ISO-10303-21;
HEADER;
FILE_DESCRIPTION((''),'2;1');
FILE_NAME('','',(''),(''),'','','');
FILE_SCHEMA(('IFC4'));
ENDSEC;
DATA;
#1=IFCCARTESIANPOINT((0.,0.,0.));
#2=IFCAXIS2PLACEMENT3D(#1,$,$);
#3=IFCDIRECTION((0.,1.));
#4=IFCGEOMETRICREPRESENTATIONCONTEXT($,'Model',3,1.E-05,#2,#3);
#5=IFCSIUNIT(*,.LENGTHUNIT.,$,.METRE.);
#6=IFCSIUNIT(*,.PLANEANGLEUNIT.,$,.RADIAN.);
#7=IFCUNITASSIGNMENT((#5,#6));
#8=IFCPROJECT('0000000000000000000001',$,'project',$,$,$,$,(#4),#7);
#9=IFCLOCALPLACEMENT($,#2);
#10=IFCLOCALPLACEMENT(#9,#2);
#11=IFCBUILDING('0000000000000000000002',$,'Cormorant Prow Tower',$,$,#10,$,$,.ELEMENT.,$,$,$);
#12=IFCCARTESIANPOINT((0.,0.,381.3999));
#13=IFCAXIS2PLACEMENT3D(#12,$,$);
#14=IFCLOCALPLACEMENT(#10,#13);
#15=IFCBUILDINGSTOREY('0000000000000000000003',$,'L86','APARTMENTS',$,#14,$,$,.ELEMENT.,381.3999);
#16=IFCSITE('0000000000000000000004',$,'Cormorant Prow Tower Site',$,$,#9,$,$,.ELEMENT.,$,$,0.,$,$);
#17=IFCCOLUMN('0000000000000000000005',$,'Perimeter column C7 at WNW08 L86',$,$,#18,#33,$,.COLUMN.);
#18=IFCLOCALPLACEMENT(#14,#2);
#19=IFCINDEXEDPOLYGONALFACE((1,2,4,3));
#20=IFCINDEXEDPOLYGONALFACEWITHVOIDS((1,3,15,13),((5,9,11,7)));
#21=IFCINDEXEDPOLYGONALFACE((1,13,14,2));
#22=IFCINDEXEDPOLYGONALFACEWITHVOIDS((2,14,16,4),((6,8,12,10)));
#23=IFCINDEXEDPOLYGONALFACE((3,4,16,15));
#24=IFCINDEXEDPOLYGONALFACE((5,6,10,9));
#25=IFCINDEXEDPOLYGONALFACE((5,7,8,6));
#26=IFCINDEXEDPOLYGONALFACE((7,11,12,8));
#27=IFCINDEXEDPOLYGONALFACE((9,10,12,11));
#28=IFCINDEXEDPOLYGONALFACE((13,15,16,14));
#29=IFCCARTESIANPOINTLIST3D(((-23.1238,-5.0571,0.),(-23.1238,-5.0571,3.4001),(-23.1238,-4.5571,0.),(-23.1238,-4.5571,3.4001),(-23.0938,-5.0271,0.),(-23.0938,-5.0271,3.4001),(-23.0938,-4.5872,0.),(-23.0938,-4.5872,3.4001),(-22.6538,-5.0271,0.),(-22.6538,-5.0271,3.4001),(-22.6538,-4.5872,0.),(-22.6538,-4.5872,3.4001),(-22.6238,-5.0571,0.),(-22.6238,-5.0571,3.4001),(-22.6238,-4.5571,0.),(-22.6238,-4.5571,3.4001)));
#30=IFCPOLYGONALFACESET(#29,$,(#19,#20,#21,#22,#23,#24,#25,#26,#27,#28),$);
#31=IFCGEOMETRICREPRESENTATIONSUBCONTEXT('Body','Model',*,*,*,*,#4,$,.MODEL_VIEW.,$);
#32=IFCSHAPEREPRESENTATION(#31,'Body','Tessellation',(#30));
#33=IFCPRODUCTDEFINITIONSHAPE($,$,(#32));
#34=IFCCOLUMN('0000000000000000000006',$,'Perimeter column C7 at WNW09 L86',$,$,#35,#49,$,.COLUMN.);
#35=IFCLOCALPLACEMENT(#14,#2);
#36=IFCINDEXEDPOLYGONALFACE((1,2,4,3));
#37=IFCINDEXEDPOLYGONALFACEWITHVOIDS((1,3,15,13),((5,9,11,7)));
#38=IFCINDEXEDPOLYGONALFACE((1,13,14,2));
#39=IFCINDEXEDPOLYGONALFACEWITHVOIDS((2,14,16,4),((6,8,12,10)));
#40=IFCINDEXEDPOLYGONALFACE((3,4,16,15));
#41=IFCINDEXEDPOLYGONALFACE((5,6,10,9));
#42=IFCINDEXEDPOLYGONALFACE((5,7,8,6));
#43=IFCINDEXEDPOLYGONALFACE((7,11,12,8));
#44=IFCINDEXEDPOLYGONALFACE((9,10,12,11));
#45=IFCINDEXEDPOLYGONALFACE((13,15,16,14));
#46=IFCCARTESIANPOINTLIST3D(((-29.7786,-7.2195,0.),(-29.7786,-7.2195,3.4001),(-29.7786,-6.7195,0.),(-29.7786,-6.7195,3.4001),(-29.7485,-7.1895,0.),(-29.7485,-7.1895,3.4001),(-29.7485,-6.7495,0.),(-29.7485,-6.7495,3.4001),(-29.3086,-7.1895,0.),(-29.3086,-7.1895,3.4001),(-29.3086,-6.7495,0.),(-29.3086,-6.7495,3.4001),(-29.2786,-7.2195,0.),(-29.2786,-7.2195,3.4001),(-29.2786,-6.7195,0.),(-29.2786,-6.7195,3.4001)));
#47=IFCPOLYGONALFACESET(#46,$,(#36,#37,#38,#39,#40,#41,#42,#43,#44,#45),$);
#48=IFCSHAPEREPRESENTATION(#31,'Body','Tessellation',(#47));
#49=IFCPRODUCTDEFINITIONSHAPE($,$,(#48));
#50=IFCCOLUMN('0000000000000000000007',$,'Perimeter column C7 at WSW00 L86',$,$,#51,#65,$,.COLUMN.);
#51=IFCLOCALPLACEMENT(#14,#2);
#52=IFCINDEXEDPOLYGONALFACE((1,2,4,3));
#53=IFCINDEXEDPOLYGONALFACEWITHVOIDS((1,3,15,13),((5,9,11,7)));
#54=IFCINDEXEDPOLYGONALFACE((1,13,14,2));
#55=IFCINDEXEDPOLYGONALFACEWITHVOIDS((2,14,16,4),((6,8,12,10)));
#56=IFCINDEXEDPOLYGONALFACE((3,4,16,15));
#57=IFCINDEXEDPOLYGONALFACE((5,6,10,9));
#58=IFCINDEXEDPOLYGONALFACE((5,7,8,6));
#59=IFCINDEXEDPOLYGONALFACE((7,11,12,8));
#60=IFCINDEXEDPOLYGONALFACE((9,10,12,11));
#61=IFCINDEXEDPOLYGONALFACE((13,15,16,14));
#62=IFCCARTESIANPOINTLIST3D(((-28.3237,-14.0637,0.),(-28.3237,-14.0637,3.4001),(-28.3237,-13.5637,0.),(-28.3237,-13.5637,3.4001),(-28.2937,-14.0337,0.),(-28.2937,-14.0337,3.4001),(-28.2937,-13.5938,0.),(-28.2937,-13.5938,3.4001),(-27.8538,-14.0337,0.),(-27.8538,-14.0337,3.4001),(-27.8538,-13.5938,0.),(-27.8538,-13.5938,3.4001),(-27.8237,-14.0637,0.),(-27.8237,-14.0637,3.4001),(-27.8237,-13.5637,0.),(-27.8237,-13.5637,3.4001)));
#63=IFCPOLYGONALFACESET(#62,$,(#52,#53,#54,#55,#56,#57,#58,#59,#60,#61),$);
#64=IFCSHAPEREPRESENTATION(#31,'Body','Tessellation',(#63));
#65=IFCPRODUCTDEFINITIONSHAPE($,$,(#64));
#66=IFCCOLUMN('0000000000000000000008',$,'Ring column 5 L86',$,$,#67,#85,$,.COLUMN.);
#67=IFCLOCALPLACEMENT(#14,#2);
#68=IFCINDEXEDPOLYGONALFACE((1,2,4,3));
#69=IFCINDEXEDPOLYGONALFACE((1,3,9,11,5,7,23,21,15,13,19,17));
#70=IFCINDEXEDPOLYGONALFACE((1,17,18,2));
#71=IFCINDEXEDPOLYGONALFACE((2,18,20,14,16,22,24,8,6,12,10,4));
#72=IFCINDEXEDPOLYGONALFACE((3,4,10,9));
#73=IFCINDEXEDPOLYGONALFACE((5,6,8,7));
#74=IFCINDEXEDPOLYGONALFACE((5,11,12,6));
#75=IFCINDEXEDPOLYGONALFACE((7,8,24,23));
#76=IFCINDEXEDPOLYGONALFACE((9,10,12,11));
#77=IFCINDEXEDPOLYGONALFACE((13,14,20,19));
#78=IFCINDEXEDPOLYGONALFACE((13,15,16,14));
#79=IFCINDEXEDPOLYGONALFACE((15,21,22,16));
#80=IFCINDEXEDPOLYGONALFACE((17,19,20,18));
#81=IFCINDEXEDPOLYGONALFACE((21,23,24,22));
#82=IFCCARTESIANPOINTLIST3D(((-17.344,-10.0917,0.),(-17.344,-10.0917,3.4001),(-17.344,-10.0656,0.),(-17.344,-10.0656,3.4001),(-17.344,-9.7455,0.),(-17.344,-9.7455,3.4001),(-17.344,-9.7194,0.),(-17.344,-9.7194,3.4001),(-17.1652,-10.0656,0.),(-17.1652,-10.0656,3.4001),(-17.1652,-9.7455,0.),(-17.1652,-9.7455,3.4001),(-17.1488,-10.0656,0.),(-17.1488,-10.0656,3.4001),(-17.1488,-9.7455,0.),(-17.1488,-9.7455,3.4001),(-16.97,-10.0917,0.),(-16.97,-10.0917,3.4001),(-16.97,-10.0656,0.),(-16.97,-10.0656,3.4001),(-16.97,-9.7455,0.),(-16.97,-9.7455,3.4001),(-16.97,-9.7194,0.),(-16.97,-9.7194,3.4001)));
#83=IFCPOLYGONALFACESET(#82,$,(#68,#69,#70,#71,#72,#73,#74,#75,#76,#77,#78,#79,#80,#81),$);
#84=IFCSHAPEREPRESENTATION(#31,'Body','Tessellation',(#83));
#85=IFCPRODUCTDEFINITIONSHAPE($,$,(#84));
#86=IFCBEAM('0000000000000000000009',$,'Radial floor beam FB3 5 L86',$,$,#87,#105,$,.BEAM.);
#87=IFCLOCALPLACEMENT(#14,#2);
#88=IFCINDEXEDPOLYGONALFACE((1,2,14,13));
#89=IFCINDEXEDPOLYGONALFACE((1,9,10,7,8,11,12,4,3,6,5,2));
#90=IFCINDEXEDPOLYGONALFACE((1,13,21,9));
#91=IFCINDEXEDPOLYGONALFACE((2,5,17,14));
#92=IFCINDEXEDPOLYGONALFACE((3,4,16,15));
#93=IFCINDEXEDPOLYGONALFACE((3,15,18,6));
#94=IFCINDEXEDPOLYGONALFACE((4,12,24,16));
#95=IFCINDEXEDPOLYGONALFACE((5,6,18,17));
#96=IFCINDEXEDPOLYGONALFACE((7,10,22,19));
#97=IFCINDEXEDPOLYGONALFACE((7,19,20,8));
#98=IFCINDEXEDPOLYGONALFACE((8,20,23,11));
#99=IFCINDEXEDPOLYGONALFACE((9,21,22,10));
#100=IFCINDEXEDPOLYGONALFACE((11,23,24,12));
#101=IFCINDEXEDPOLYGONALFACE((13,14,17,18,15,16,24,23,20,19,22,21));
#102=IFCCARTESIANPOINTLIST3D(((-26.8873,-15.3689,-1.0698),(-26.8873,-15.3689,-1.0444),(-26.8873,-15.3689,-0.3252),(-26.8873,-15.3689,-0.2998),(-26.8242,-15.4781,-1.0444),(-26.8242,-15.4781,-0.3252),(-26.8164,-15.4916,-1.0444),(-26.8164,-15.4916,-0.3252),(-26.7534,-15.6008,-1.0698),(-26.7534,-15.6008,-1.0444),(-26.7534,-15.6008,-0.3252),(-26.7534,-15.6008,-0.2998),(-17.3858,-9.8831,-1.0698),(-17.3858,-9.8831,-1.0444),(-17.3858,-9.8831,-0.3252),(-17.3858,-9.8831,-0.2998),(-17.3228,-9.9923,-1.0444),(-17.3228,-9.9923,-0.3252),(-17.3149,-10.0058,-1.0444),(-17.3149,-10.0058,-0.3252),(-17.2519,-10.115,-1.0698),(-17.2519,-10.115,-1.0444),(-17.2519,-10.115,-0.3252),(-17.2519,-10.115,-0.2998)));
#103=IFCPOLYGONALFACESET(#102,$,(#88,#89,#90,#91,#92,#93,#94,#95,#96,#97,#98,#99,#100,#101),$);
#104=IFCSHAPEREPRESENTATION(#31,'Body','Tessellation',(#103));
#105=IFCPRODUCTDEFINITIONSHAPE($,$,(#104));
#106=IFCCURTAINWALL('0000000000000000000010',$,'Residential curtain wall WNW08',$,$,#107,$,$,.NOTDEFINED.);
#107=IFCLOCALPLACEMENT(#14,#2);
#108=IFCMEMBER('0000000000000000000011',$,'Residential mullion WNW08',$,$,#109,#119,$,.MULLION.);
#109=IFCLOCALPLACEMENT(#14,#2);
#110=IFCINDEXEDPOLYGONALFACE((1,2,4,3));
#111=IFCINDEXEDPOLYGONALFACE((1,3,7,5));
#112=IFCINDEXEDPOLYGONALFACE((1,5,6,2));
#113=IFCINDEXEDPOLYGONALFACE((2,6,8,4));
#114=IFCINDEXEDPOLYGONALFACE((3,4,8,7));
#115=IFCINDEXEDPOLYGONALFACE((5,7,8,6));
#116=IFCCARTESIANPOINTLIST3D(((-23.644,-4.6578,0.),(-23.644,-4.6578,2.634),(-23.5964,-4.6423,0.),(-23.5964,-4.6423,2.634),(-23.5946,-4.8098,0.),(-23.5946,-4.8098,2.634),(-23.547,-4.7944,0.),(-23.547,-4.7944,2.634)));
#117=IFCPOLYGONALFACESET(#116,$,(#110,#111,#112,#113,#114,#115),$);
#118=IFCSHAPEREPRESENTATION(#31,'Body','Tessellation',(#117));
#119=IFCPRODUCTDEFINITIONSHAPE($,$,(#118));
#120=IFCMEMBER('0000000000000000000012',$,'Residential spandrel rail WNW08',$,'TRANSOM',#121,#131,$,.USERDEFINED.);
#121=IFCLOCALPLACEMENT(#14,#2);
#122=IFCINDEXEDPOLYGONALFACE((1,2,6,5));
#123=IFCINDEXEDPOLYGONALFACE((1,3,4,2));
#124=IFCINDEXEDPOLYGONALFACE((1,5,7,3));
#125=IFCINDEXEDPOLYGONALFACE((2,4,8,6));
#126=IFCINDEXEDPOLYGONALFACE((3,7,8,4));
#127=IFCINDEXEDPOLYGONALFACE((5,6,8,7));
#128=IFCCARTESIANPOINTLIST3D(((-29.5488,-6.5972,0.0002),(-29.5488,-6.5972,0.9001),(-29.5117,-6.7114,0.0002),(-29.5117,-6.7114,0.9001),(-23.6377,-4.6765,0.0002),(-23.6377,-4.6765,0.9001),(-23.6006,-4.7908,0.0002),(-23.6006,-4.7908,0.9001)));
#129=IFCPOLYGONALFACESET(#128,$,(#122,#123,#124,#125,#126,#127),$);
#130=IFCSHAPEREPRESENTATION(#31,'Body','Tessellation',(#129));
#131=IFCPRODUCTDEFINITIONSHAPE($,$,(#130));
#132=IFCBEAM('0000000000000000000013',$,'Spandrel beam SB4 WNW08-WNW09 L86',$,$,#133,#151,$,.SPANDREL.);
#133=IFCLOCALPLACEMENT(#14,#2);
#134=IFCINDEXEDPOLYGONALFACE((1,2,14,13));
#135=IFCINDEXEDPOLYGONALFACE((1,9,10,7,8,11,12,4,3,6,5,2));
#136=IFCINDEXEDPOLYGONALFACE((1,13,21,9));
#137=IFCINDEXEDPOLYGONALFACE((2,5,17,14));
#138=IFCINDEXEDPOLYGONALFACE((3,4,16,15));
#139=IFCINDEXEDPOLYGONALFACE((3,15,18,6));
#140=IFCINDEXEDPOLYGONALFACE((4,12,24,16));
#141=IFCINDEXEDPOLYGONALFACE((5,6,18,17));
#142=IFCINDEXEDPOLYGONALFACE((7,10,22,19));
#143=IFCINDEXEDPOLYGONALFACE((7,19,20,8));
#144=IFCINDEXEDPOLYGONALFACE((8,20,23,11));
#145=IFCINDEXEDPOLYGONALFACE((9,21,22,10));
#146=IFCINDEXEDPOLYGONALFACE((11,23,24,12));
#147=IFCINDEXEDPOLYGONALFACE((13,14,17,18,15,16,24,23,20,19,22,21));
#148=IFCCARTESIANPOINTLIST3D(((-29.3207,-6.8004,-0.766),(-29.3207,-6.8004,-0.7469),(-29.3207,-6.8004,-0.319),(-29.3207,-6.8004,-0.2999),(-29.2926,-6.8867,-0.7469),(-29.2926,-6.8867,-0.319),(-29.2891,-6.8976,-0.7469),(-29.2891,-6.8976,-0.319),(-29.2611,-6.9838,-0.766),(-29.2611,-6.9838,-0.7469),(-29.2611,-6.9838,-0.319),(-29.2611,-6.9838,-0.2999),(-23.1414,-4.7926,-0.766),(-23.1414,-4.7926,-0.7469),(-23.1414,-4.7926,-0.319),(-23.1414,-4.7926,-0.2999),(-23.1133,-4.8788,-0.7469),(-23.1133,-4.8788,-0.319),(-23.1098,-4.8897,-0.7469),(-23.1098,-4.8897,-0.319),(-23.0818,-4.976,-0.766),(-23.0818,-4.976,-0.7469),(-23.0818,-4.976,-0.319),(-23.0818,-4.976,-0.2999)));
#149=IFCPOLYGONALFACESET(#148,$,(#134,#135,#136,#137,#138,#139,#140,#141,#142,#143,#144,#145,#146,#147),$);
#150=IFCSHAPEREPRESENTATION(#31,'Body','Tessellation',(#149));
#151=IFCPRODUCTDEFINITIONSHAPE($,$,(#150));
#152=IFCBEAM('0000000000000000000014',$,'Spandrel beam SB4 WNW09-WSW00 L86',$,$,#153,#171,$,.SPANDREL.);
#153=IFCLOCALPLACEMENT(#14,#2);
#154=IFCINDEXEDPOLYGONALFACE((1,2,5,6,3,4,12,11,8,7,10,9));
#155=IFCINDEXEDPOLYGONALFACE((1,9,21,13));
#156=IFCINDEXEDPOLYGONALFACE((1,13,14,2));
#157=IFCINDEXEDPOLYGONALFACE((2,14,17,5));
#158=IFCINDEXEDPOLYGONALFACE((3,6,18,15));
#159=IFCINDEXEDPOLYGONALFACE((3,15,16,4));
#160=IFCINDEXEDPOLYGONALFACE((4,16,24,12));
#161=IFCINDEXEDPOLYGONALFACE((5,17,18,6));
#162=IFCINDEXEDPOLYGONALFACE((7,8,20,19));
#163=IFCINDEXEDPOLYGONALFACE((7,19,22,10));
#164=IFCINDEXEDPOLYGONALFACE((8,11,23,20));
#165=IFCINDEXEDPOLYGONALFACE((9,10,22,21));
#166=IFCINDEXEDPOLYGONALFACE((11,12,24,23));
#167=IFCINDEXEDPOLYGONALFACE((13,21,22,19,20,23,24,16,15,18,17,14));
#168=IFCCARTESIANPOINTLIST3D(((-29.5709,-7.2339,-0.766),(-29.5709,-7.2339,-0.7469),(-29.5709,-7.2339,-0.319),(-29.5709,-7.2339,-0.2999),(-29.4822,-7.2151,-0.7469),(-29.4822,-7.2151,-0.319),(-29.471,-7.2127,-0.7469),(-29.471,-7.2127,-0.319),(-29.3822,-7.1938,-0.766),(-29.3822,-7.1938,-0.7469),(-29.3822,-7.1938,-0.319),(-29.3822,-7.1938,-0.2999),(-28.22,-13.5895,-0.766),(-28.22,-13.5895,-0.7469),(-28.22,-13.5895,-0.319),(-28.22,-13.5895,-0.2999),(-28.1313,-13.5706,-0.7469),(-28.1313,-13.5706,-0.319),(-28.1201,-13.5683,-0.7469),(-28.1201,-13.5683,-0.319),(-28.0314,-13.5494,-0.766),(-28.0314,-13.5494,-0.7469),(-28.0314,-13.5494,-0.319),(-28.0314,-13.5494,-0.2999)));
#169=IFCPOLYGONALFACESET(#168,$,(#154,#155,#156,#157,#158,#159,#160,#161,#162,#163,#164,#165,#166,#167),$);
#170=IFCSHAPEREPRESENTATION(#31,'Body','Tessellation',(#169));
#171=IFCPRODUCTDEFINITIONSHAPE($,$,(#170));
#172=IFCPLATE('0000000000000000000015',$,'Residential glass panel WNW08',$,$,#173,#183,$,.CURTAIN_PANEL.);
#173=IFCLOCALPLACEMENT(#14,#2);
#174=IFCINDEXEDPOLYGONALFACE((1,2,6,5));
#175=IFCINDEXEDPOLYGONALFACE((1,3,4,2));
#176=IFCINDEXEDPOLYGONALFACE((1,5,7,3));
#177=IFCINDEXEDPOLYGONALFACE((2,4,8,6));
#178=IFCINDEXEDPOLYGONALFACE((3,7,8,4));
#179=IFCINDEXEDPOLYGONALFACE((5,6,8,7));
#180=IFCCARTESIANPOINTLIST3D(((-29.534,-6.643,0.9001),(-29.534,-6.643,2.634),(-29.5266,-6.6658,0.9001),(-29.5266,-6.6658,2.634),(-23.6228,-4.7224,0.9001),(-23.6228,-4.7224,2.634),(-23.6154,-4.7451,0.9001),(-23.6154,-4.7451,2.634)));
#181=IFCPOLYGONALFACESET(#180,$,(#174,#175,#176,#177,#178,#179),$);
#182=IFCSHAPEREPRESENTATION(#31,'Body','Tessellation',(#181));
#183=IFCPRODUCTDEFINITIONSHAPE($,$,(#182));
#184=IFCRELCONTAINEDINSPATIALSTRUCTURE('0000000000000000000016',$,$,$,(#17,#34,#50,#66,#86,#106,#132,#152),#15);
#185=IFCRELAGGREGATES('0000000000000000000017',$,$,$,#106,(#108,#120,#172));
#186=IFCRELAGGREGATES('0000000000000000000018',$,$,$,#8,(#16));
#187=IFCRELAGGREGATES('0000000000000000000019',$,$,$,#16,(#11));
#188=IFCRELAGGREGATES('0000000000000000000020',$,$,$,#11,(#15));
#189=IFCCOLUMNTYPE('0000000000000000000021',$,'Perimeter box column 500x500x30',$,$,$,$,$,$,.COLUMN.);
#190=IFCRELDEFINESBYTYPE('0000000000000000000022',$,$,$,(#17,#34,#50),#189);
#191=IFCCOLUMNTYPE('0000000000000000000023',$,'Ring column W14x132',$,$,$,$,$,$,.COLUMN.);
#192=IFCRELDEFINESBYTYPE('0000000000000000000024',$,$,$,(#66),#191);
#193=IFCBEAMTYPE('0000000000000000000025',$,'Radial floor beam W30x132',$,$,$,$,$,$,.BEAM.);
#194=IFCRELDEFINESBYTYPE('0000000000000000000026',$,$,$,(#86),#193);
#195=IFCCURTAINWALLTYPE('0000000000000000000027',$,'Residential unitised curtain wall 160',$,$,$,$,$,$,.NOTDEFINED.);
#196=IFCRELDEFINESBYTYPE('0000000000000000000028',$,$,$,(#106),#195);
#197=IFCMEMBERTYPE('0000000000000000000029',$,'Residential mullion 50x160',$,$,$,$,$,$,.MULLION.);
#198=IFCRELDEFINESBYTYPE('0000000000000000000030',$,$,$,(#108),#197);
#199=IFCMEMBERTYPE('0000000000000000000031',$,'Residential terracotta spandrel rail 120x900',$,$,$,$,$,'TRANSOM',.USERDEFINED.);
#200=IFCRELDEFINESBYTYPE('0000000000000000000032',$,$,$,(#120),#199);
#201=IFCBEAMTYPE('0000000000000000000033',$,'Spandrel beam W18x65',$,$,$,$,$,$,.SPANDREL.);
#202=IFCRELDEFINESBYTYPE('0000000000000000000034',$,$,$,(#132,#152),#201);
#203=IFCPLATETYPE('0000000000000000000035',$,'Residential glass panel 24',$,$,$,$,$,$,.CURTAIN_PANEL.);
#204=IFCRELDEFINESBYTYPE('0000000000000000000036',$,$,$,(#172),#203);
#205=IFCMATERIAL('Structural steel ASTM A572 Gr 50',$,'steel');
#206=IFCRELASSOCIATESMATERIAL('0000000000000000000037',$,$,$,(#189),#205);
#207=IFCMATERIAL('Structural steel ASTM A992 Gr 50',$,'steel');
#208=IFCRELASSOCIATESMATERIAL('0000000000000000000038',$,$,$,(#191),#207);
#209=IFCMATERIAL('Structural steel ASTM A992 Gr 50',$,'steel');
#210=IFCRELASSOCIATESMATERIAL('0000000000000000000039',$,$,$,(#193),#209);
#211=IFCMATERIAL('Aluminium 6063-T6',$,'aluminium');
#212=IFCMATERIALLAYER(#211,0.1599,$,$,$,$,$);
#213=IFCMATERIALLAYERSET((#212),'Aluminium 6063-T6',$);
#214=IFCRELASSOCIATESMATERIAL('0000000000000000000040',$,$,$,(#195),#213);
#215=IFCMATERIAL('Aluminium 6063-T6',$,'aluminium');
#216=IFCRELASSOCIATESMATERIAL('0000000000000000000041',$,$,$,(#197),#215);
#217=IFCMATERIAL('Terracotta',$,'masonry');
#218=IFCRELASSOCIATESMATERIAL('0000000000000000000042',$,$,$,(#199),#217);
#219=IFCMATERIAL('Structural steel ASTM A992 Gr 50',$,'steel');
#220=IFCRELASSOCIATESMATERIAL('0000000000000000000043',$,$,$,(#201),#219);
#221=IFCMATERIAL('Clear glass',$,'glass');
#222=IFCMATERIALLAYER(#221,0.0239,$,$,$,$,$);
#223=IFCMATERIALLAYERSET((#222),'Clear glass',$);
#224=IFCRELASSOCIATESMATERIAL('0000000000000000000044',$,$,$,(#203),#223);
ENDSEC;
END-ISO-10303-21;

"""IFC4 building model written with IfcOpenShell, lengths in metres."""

from ifc_helpers import new_model, si_unit, direction, frame, origin, origin_2d, place, context, subcontext, project, spatial, rectangle, hollow_rectangle, i_section, extrude, material, layer, layer_set, material_profile, profile_set, type_object, element, aggregate, save


model = new_model("IFC4")

# Units and contexts
model_context = context("Model", 3, precision=1e-05, world=origin(), true_north=direction((0.0, 1.0)))
body_context = subcontext(model_context, "Body", "Model", "MODEL_VIEW")
ifc_project = project(units=[si_unit("LENGTHUNIT", "METRE"), si_unit("PLANEANGLEUNIT", "RADIAN")], contexts=[model_context])

# Site, building, storey
site_placement = place(None, origin())
site = spatial("IfcSite", under=ifc_project, at=site_placement, Name="Cormorant Prow Tower Site", CompositionType="ELEMENT", RefElevation=0.0)
building_placement = place(site_placement, origin())
building = spatial("IfcBuilding", under=site, at=building_placement, Name="Cormorant Prow Tower", CompositionType="ELEMENT")
storey_placement = place(building_placement, frame((0.0, 0.0, 381.3999)))
storey = spatial("IfcBuildingStorey", under=building, at=storey_placement, Name="L86", Description="APARTMENTS", CompositionType="ELEMENT", Elevation=381.3999)

# Columns
ifc_material_1 = material(Name="Structural steel ASTM A572 Gr 50", Category="steel")
ifc_material_profile_1 = material_profile(ifc_material_1, hollow_rectangle(XDim=0.5, YDim=0.5, WallThickness=0.03, at=origin_2d()), Name="Box 500x500x30")
ifc_profile_set_1 = profile_set([ifc_material_profile_1], Name="Structural steel ASTM A572 Gr 50")
column_type_1 = type_object("IfcColumnType", Name="Perimeter box column 500x500x30", PredefinedType="COLUMN", material=ifc_profile_set_1)
for number, where, z_axis, x_axis, name in (
    (1, (-22.8738, -4.8071, 0.0), (0.0, 0.0, 1.0), (1.0, 0.0, 0.0), "Perimeter column C7 at WNW08 L86"),
    (2, (-29.5286, -6.9695, 0.0), (0.0, 0.0, 1.0), (1.0, 0.0, 0.0), "Perimeter column C7 at WNW09 L86"),
    (3, (-28.0737, -13.8137, 0.0), (0.0, 0.0, 1.0), (1.0, 0.0, 0.0), "Perimeter column C7 at WSW00 L86"),
):
    element("IfcColumn", number, at=place(storey_placement, frame(where, z_axis=z_axis, x_axis=x_axis)), inside=storey, type_object=column_type_1, Name=name, PredefinedType="COLUMN", context=body_context, shape_type="SweptSolid", body=[
        extrude(hollow_rectangle(XDim=0.5, YDim=0.5, WallThickness=0.03, at=origin_2d()), origin(), (0.0, 0.0, 1.0), 3.4001),
    ])
ifc_material_2 = material(Name="Structural steel ASTM A992 Gr 50", Category="steel")
ifc_material_profile_2 = material_profile(ifc_material_2, i_section(OverallWidth=0.374, OverallDepth=0.3723, WebThickness=0.0164, FlangeThickness=0.0261, at=origin_2d()), Name="W14x132")
ifc_profile_set_2 = profile_set([ifc_material_profile_2], Name="Structural steel ASTM A992 Gr 50")
column_type_2 = type_object("IfcColumnType", Name="Ring column W14x132", PredefinedType="COLUMN", material=ifc_profile_set_2)
column_placement = place(storey_placement, frame((-17.157, -9.9055, 0.0), z_axis=(0.0, 0.0, 1.0), x_axis=(1.0, 0.0, 0.0)))
element("IfcColumn", 4, at=column_placement, inside=storey, type_object=column_type_2, Name="Ring column 5 L86", PredefinedType="COLUMN", context=body_context, shape_type="SweptSolid", body=[
    extrude(i_section(OverallWidth=0.374, OverallDepth=0.3723, WebThickness=0.0164, FlangeThickness=0.0261, at=origin_2d()), origin(), (0.0, 0.0, 1.0), 3.4001),
])

# Beam
ifc_material_3 = material(Name="Structural steel ASTM A992 Gr 50", Category="steel")
ifc_material_profile_3 = material_profile(ifc_material_3, i_section(OverallWidth=0.2678, OverallDepth=0.77, WebThickness=0.0156, FlangeThickness=0.0254, at=origin_2d()), Name="W30x132")
ifc_profile_set_3 = profile_set([ifc_material_profile_3], Name="Structural steel ASTM A992 Gr 50")
beam_type_1 = type_object("IfcBeamType", Name="Radial floor beam W30x132", PredefinedType="BEAM", material=ifc_profile_set_3)
beam_1_placement = place(storey_placement, frame((-17.3188, -9.999, -0.6848), z_axis=(-0.866019, -0.500011, 0.0), x_axis=(0.500011, -0.866019, 0.0)))
element("IfcBeam", 5, at=beam_1_placement, inside=storey, type_object=beam_type_1, Name="Radial floor beam FB3 5 L86", PredefinedType="BEAM", context=body_context, shape_type="SweptSolid", body=[
    extrude(i_section(OverallWidth=0.2678, OverallDepth=0.77, WebThickness=0.0156, FlangeThickness=0.0254, at=origin_2d()), origin(), (0.0, 0.0, 1.0), 10.9714),
])

# Curtain wall, members
ifc_material_4 = material(Name="Aluminium 6063-T6", Category="aluminium")
ifc_layer_1 = layer(ifc_material_4, 0.1599)
ifc_layer_set_1 = layer_set([ifc_layer_1], Name="Aluminium 6063-T6")
curtain_wall_type = type_object("IfcCurtainWallType", Name="Residential unitised curtain wall 160", PredefinedType="NOTDEFINED", material=ifc_layer_set_1)
curtain_wall_placement = place(storey_placement, origin())
curtain_wall = element("IfcCurtainWall", 6, at=curtain_wall_placement, inside=storey, type_object=curtain_wall_type, Name="Residential curtain wall WNW08", PredefinedType="NOTDEFINED")
ifc_material_5 = material(Name="Aluminium 6063-T6", Category="aluminium")
ifc_material_profile_4 = material_profile(ifc_material_5, rectangle(XDim=0.1599, YDim=0.05, at=origin_2d()), Name="Residential mullion 50x160")
ifc_profile_set_4 = profile_set([ifc_material_profile_4], Name="Aluminium 6063-T6")
member_type_1 = type_object("IfcMemberType", Name="Residential mullion 50x160", PredefinedType="MULLION", material=ifc_profile_set_4)
member_1_placement = place(storey_placement, frame((-23.5955, -4.7261, 0.0), z_axis=(0.0, 0.0, 1.0), x_axis=(0.309017, -0.951057, 0.0)))
member_1 = element("IfcMember", 7, at=member_1_placement, type_object=member_type_1, Name="Residential mullion WNW08", PredefinedType="MULLION", context=body_context, shape_type="SweptSolid", body=[
    extrude(rectangle(XDim=0.1599, YDim=0.05, at=origin_2d()), origin(), (0.0, 0.0, 1.0), 2.634),
])
ifc_material_6 = material(Name="Terracotta", Category="masonry")
ifc_material_profile_5 = material_profile(ifc_material_6, rectangle(XDim=0.1201, YDim=0.8999, at=origin_2d()), Name="Residential terracotta spandrel rail 120x900")
ifc_profile_set_5 = profile_set([ifc_material_profile_5], Name="Terracotta")
member_type_2 = type_object("IfcMemberType", Name="Residential terracotta spandrel rail 120x900", ElementType="TRANSOM", PredefinedType="USERDEFINED", material=ifc_profile_set_5)
member_2_placement = place(storey_placement, frame((-23.6191, -4.7336, 0.4502), z_axis=(-0.951056, -0.309019, 0.0), x_axis=(0.309019, -0.951056, 0.0)))
member_2 = element("IfcMember", 8, at=member_2_placement, type_object=member_type_2, Name="Residential spandrel rail WNW08", ObjectType="TRANSOM", PredefinedType="USERDEFINED", context=body_context, shape_type="SweptSolid", body=[
    extrude(rectangle(XDim=0.1201, YDim=0.8999, at=origin_2d()), origin(), (0.0, 0.0, 1.0), 6.2153),
])

# Beams
ifc_material_7 = material(Name="Structural steel ASTM A992 Gr 50", Category="steel")
ifc_material_profile_6 = material_profile(ifc_material_7, i_section(OverallWidth=0.1929, OverallDepth=0.4661, WebThickness=0.0115, FlangeThickness=0.019, at=origin_2d()), Name="W18x65")
ifc_profile_set_6 = profile_set([ifc_material_profile_6], Name="Structural steel ASTM A992 Gr 50")
beam_type_2 = type_object("IfcBeamType", Name="Spandrel beam W18x65", PredefinedType="SPANDREL", material=ifc_profile_set_6)
beam_2_placement = place(storey_placement, frame((-23.1116, -4.8843, -0.533), z_axis=(-0.951053, -0.309027, 0.0), x_axis=(0.309027, -0.951053, 0.0)))
element("IfcBeam", 9, at=beam_2_placement, inside=storey, type_object=beam_type_2, Name="Spandrel beam SB4 WNW08-WNW09 L86", PredefinedType="SPANDREL", context=body_context, shape_type="SweptSolid", body=[
    extrude(i_section(OverallWidth=0.1929, OverallDepth=0.4661, WebThickness=0.0115, FlangeThickness=0.019, at=origin_2d()), origin(), (0.0, 0.0, 1.0), 6.4973),
])
beam_3_placement = place(storey_placement, frame((-29.4766, -7.2139, -0.533), z_axis=(0.207902, -0.97815, 0.0), x_axis=(0.97815, 0.207902, 0.0)))
element("IfcBeam", 10, at=beam_3_placement, inside=storey, type_object=beam_type_2, Name="Spandrel beam SB4 WNW09-WSW00 L86", PredefinedType="SPANDREL", context=body_context, shape_type="SweptSolid", body=[
    extrude(i_section(OverallWidth=0.1929, OverallDepth=0.4661, WebThickness=0.0115, FlangeThickness=0.019, at=origin_2d()), origin(), (0.0, 0.0, 1.0), 6.4976),
])

# Plate
ifc_material_8 = material(Name="Clear glass", Category="glass")
ifc_layer_2 = layer(ifc_material_8, 0.0239)
ifc_layer_set_2 = layer_set([ifc_layer_2], Name="Clear glass")
plate_type = type_object("IfcPlateType", Name="Residential glass panel 24", PredefinedType="CURTAIN_PANEL", material=ifc_layer_set_2)
plate_placement = place(storey_placement, frame((-26.5747, -5.6941, 0.9001), z_axis=(0.0, 0.0, 1.0), x_axis=(-0.951057, -0.309017, 0.0)))
plate = element("IfcPlate", 11, at=plate_placement, type_object=plate_type, Name="Residential glass panel WNW08", PredefinedType="CURTAIN_PANEL", context=body_context, shape_type="SweptSolid", body=[
    extrude(rectangle(XDim=6.2153, YDim=0.0239, at=origin_2d()), origin(), (0.0, 0.0, 1.0), 1.7339),
])
aggregate(curtain_wall, [member_1, member_2, plate])

save(model, "model.ifc")
